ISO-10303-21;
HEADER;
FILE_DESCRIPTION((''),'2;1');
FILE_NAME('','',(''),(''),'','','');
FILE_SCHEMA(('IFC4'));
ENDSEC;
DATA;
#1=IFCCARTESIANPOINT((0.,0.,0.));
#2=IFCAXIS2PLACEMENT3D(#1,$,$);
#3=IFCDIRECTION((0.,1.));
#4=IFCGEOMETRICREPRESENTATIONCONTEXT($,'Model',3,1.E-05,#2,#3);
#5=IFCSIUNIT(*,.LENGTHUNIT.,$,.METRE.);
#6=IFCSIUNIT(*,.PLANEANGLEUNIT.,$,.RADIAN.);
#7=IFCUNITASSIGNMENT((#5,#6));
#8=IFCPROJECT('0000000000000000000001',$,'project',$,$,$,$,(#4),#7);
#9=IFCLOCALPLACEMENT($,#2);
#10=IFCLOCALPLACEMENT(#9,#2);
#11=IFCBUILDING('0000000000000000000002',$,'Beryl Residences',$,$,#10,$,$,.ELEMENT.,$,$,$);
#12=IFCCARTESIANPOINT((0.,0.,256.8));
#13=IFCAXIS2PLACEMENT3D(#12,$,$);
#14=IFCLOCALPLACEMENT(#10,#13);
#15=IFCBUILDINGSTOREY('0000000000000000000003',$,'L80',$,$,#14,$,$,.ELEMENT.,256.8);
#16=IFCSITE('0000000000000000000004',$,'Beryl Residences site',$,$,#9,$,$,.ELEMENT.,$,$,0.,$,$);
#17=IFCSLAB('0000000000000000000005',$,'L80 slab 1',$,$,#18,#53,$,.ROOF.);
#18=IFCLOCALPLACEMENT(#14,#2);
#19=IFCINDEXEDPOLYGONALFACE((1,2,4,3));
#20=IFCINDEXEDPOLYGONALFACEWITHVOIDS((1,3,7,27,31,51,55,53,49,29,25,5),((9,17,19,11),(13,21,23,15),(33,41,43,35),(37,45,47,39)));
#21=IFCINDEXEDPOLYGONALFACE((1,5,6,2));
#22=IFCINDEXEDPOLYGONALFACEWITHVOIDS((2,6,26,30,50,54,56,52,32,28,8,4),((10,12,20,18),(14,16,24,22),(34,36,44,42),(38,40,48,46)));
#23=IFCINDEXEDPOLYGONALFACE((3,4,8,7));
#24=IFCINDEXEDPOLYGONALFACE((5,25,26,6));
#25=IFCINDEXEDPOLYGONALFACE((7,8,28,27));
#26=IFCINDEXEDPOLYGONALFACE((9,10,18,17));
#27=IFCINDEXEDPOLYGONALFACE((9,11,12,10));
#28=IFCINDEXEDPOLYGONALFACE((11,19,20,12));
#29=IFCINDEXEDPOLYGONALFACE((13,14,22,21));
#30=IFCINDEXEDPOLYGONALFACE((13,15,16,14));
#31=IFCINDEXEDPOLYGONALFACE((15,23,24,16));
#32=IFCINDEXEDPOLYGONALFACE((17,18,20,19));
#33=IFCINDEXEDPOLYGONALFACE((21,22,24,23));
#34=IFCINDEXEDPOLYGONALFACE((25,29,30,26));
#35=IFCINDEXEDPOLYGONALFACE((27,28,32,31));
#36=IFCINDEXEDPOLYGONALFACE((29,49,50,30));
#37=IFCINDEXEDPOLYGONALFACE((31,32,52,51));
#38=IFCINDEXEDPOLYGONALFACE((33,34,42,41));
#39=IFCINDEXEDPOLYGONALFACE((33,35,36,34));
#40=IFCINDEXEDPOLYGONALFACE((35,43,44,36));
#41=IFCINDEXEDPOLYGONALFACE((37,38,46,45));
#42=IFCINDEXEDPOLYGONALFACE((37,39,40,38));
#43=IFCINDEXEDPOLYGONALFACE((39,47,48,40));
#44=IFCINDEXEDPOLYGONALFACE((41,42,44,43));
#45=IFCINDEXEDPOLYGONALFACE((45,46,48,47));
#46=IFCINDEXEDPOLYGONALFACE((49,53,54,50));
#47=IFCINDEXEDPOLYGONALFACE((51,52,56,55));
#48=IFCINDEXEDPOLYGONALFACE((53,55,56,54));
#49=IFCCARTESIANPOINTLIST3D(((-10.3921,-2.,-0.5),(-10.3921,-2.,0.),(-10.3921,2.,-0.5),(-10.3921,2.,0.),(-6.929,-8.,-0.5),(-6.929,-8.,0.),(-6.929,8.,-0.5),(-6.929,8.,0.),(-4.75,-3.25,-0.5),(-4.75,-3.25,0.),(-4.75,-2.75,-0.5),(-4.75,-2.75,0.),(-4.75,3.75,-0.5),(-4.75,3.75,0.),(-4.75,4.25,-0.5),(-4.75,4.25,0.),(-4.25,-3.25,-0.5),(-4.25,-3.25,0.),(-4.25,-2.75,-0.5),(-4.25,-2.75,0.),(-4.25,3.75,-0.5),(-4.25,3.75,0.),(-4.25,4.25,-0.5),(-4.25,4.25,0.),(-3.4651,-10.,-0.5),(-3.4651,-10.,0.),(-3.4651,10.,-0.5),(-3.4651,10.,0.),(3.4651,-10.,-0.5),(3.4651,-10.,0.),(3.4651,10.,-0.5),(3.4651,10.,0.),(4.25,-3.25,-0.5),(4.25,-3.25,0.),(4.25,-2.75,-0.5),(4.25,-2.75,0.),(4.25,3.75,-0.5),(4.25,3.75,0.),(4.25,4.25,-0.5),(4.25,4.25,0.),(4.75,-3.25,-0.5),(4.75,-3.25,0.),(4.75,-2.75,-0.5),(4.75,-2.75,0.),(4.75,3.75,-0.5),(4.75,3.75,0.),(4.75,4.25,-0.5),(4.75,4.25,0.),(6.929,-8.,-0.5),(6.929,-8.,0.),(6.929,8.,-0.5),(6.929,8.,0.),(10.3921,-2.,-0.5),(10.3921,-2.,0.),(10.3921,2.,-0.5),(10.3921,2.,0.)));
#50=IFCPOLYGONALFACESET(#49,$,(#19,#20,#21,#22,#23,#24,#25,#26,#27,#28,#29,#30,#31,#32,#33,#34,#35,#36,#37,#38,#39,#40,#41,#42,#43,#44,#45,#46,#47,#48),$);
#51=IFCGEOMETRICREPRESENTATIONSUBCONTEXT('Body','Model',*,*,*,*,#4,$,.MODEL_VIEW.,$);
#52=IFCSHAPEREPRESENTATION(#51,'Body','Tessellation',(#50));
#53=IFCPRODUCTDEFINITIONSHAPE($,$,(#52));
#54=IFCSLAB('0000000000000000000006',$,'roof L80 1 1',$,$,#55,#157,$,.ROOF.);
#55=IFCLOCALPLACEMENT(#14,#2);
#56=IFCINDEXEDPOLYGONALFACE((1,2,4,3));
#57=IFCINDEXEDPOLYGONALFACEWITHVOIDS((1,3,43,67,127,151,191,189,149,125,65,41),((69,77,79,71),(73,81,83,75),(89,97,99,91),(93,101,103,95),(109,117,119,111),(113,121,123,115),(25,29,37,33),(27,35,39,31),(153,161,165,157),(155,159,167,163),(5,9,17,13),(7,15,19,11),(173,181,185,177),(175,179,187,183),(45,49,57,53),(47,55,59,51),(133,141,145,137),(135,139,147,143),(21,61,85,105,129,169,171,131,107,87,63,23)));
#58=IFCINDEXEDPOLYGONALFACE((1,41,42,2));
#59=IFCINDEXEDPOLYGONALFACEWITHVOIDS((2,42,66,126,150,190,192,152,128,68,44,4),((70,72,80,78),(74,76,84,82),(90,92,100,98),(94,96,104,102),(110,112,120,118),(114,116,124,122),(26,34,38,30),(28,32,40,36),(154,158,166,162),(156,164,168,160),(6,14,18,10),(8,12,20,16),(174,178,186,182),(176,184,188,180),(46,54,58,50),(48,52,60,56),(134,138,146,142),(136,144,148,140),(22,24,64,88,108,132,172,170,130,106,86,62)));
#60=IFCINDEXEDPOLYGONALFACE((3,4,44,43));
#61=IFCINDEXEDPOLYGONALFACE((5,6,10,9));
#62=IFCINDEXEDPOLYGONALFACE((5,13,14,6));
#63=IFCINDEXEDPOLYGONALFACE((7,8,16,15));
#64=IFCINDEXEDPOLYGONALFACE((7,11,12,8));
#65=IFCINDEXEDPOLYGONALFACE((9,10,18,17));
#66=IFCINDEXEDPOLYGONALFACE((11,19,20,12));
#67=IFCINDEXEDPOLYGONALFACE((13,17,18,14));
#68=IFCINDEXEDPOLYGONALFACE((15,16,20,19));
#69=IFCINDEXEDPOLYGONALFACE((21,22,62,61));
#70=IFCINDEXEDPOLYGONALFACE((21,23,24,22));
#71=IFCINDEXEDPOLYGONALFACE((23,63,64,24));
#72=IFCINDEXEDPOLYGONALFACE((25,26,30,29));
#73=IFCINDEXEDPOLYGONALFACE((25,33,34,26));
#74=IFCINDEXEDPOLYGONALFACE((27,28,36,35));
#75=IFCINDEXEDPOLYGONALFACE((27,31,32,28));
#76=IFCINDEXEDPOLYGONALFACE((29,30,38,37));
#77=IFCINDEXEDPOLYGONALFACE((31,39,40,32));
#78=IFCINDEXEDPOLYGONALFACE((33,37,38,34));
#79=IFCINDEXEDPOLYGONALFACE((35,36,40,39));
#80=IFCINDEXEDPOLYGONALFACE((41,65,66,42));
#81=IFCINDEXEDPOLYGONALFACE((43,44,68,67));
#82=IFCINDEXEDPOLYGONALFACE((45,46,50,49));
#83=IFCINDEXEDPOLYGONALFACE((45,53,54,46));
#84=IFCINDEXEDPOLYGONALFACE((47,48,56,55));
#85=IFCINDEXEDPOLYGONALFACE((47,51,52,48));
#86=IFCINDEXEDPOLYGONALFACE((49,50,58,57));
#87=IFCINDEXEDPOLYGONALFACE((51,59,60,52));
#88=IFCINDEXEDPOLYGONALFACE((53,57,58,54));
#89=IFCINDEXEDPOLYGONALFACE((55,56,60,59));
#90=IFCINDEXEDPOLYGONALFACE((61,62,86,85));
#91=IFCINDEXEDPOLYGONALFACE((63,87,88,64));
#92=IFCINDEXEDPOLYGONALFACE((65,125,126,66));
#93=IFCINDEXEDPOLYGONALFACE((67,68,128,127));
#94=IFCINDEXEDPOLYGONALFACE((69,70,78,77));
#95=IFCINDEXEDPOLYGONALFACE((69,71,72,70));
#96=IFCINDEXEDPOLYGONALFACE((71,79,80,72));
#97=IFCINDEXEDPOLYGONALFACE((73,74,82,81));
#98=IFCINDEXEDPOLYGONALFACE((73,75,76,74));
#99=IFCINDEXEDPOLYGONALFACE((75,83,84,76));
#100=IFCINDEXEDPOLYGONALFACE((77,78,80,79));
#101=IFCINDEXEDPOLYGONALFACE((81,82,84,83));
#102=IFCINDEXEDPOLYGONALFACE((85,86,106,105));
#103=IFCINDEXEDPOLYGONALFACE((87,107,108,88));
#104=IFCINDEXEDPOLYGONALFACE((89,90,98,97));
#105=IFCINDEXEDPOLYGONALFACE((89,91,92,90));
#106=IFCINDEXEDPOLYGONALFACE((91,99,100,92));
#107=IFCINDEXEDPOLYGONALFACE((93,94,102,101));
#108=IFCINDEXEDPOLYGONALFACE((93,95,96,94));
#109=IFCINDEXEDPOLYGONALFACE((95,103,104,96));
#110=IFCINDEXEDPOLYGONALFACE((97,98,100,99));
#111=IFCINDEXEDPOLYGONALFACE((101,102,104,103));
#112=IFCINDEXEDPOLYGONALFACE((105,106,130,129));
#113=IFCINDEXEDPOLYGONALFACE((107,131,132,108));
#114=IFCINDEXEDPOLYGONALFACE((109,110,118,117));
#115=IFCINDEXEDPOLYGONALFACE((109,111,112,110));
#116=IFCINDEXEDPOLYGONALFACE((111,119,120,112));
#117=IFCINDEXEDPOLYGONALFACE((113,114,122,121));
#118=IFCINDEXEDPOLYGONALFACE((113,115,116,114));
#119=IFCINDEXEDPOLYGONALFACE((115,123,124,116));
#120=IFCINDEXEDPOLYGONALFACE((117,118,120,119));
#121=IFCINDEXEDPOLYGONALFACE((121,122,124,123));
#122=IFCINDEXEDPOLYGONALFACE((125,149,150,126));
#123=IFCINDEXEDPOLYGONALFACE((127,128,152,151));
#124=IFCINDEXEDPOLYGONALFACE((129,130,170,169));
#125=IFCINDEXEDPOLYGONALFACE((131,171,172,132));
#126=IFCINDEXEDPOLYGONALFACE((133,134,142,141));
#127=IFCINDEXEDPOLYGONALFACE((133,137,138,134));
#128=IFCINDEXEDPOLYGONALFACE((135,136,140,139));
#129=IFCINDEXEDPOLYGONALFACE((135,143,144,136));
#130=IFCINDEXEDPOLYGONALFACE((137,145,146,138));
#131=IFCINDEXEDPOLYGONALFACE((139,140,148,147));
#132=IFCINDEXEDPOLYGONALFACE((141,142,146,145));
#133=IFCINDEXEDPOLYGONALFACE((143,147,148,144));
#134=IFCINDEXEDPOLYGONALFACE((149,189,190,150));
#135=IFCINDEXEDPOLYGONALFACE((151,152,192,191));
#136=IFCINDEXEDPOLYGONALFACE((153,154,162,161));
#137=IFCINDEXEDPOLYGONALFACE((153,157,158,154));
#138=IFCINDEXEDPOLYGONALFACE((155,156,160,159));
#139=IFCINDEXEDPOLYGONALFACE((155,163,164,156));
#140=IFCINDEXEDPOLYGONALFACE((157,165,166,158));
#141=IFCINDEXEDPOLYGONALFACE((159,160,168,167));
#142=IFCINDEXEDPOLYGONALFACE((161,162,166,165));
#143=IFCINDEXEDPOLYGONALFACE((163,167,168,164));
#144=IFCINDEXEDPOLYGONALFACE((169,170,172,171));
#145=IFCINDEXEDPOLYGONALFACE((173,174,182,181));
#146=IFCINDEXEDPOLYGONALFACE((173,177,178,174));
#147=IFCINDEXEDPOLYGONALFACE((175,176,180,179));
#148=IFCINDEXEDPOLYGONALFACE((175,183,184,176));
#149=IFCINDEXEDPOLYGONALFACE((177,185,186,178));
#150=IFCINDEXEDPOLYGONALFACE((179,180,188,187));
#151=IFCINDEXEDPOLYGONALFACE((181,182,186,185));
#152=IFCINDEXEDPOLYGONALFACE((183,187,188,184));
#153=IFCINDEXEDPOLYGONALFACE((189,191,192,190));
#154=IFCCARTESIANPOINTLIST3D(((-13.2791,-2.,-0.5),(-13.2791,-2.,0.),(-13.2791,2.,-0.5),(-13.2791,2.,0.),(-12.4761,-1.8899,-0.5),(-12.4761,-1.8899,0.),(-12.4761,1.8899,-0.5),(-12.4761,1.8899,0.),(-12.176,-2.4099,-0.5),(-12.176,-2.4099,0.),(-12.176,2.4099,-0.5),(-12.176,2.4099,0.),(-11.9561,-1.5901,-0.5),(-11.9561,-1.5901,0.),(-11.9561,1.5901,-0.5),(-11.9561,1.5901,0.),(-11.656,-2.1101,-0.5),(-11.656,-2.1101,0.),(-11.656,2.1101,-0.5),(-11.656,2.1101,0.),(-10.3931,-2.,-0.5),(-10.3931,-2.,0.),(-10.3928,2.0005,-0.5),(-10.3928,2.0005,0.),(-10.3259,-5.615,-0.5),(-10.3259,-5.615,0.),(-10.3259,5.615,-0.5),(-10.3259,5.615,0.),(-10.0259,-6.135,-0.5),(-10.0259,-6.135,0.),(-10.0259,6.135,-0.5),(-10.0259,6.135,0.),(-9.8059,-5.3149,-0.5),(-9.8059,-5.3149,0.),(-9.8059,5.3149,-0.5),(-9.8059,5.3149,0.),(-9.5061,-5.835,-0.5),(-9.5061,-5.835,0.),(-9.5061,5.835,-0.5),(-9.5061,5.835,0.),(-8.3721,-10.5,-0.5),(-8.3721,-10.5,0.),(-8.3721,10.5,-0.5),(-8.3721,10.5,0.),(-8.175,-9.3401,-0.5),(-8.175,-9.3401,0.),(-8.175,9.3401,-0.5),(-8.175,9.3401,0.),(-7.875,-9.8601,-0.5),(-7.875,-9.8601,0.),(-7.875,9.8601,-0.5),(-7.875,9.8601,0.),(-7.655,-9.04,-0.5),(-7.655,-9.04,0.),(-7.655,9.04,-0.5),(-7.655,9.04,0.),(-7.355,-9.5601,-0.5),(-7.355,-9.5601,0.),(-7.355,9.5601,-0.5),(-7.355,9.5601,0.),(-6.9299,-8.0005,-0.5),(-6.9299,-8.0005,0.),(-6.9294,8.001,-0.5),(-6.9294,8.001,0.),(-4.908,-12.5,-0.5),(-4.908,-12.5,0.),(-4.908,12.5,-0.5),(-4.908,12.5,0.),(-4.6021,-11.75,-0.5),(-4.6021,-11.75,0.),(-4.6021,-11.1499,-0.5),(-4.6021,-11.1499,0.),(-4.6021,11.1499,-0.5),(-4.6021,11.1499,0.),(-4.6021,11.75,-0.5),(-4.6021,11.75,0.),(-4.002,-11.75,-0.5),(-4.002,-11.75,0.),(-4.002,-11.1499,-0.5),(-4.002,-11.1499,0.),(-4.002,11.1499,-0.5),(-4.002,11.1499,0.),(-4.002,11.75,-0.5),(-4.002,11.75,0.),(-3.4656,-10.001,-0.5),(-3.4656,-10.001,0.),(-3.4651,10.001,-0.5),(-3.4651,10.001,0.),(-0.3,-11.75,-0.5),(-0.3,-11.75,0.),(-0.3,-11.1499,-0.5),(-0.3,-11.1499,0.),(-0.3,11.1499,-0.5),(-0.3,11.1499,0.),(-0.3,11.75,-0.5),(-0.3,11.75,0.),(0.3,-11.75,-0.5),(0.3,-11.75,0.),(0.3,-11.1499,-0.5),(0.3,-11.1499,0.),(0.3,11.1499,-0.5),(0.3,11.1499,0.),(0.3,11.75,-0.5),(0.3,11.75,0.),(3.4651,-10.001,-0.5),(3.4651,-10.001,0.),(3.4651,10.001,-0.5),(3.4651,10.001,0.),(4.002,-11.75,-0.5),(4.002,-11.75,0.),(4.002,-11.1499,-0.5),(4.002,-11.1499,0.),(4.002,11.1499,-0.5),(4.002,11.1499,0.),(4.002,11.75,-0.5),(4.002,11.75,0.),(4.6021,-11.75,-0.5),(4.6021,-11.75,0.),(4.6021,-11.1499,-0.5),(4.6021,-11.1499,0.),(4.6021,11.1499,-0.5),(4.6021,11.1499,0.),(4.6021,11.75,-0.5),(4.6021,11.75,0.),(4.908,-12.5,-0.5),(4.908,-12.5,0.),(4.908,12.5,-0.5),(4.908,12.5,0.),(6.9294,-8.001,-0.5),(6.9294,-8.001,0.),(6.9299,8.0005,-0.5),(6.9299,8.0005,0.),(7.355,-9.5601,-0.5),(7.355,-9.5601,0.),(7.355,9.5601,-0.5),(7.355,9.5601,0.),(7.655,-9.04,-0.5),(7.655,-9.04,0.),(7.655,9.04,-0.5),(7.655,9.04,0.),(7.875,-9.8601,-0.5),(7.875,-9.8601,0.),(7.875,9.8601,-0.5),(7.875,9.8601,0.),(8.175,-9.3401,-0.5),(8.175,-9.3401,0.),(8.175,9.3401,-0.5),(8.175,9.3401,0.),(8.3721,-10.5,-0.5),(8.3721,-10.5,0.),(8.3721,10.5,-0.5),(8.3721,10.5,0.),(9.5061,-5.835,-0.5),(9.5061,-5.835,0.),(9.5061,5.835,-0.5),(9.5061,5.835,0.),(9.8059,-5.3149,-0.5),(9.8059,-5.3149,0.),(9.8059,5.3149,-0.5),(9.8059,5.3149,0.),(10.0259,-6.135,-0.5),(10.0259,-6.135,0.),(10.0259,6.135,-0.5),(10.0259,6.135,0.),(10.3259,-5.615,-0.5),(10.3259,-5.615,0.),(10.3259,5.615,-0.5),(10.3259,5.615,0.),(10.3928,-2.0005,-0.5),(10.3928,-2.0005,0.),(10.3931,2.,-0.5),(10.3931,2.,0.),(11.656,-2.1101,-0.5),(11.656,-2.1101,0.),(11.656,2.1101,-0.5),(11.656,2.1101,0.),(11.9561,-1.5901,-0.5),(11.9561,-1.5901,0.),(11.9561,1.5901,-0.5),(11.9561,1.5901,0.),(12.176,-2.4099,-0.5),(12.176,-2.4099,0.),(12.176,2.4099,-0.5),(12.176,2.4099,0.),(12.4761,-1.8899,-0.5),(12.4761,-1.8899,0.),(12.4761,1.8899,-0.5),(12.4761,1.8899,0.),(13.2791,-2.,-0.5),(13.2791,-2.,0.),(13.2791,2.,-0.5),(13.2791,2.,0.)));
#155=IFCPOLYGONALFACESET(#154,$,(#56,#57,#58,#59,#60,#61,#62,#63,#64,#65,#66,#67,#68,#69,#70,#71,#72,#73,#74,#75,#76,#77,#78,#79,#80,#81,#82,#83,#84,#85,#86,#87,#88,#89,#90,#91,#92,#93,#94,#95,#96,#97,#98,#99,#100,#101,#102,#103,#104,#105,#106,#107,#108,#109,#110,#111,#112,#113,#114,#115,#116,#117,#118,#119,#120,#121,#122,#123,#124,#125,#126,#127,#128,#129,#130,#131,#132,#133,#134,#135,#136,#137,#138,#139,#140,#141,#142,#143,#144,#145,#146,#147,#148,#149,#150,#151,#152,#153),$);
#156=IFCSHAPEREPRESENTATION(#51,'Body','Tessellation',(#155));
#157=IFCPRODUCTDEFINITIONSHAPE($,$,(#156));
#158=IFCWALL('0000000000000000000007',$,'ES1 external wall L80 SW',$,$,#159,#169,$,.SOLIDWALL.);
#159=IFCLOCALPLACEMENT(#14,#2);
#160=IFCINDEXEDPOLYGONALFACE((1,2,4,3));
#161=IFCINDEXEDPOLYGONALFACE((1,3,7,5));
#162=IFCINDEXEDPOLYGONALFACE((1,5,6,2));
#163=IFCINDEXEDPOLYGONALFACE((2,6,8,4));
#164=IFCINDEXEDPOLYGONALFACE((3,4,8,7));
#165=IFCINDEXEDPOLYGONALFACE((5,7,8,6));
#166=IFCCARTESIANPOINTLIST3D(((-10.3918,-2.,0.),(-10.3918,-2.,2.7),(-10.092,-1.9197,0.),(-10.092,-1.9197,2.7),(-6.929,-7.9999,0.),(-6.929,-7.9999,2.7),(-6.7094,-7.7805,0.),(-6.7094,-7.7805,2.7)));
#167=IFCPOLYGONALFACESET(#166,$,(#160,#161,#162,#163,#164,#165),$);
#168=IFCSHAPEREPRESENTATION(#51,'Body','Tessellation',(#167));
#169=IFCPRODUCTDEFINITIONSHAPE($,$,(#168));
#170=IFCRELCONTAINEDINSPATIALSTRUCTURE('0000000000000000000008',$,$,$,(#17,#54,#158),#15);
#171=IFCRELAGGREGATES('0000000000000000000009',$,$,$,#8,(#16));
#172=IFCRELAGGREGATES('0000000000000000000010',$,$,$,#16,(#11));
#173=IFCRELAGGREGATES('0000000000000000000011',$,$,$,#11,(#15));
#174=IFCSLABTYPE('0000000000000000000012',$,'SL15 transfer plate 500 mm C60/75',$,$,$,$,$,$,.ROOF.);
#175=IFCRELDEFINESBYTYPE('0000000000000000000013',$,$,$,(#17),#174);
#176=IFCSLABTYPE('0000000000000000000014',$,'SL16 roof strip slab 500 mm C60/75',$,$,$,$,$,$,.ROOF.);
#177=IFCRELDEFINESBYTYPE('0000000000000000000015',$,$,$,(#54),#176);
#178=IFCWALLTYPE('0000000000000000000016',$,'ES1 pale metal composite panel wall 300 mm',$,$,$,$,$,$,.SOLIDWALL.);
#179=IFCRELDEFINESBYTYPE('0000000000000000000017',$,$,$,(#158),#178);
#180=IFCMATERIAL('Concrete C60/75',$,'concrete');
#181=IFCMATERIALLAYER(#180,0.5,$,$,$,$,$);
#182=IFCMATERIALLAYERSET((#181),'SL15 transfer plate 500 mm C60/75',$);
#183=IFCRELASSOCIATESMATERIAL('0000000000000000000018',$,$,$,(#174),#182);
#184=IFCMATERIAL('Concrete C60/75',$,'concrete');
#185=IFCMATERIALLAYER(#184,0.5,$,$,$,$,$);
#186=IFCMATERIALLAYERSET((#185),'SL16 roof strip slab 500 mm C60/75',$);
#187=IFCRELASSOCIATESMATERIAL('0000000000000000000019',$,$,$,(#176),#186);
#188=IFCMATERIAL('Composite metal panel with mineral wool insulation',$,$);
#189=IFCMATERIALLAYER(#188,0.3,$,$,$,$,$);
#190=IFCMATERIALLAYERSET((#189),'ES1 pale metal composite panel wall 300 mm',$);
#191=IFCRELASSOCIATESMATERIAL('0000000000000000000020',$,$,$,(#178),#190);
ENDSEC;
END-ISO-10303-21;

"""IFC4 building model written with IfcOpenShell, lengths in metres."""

from ifc_helpers import new_model, si_unit, direction, frame, origin, place, context, subcontext, project, spatial, polyline, outline, extrude, material, layer, layer_set, type_object, element, save


model = new_model("IFC4")

# Units and contexts
model_context = context("Model", 3, precision=1e-05, world=origin(), true_north=direction((0.0, 1.0)))
body_context = subcontext(model_context, "Body", "Model", "MODEL_VIEW")
ifc_project = project(units=[si_unit("LENGTHUNIT", "METRE"), si_unit("PLANEANGLEUNIT", "RADIAN")], contexts=[model_context])

# Site, building, storey
site_placement = place(None, origin())
site = spatial("IfcSite", under=ifc_project, at=site_placement, Name="Beryl Residences site", CompositionType="ELEMENT", RefElevation=0.0)
building_placement = place(site_placement, origin())
building = spatial("IfcBuilding", under=site, at=building_placement, Name="Beryl Residences", CompositionType="ELEMENT")
storey_placement = place(building_placement, frame((0.0, 0.0, 256.8)))
storey = spatial("IfcBuildingStorey", under=building, at=storey_placement, Name="L80", CompositionType="ELEMENT", Elevation=256.8)

# Slabs
ifc_material_1 = material(Name="Concrete C60/75", Category="concrete")
ifc_layer_1 = layer(ifc_material_1, 0.5)
ifc_layer_set_1 = layer_set([ifc_layer_1], Name="SL15 transfer plate 500 mm C60/75")
slab_type_1 = type_object("IfcSlabType", Name="SL15 transfer plate 500 mm C60/75", PredefinedType="ROOF", material=ifc_layer_set_1)
slab_1_placement = place(storey_placement, frame((0.0, 0.0, -0.5)))
element("IfcSlab", 1, at=slab_1_placement, inside=storey, type_object=slab_type_1, Name="L80 slab 1", PredefinedType="ROOF", context=body_context, shape_type="SweptSolid", body=[
    extrude(outline(polyline([(10.3921, 2.0), (10.3921, -2.0), (6.929, -8.0), (3.4651, -10.0), (-3.4651, -10.0), (-6.929, -8.0), (-10.3921, -2.0), (-10.3921, 2.0), (-6.929, 8.0), (-3.4651, 10.0), (3.4651, 10.0), (6.929, 8.0), (10.3921, 2.0)]), holes=[polyline([(4.75, -2.75), (4.25, -2.75), (4.25, -3.25), (4.75, -3.25), (4.75, -2.75)]), polyline([(4.75, 4.25), (4.25, 4.25), (4.25, 3.75), (4.75, 3.75), (4.75, 4.25)]), polyline([(-4.25, -2.75), (-4.75, -2.75), (-4.75, -3.25), (-4.25, -3.25), (-4.25, -2.75)]), polyline([(-4.25, 4.25), (-4.75, 4.25), (-4.75, 3.75), (-4.25, 3.75), (-4.25, 4.25)])]), origin(), (0.0, 0.0, 1.0), 0.5),
])
ifc_material_2 = material(Name="Concrete C60/75", Category="concrete")
ifc_layer_2 = layer(ifc_material_2, 0.5)
ifc_layer_set_2 = layer_set([ifc_layer_2], Name="SL16 roof strip slab 500 mm C60/75")
slab_type_2 = type_object("IfcSlabType", Name="SL16 roof strip slab 500 mm C60/75", PredefinedType="ROOF", material=ifc_layer_set_2)
slab_2_placement = place(storey_placement, frame((0.0, 0.0, -0.5)))
element("IfcSlab", 2, at=slab_2_placement, inside=storey, type_object=slab_type_2, Name="roof L80 1 1", PredefinedType="ROOF", context=body_context, shape_type="SweptSolid", body=[
    extrude(outline(polyline([(13.2791, -2.0), (8.3721, -10.5), (4.908, -12.5), (-4.908, -12.5), (-8.3721, -10.5), (-13.2791, -2.0), (-13.2791, 2.0), (-8.3721, 10.5), (-4.908, 12.5), (4.908, 12.5), (8.3721, 10.5), (13.2791, 2.0), (13.2791, -2.0)]), holes=[polyline([(11.9561, 1.5901), (12.4761, 1.8899), (12.176, 2.4099), (11.656, 2.1101), (11.9561, 1.5901)]), polyline([(11.656, -2.1101), (12.176, -2.4099), (12.4761, -1.8899), (11.9561, -1.5901), (11.656, -2.1101)]), polyline([(3.4651, 10.001), (-3.4651, 10.001), (-6.9294, 8.001), (-10.3928, 2.0005), (-10.3931, -2.0), (-6.9299, -8.0005), (-3.4656, -10.001), (3.4651, -10.001), (6.9294, -8.001), (10.3928, -2.0005), (10.3931, 2.0), (6.9299, 8.0005), (3.4651, 10.001)]), polyline([(9.5061, -5.835), (10.0259, -6.135), (10.3259, -5.615), (9.8059, -5.3149), (9.5061, -5.835)]), polyline([(9.8059, 5.3149), (10.3259, 5.615), (10.0259, 6.135), (9.5061, 5.835), (9.8059, 5.3149)]), polyline([(7.655, 9.04), (8.175, 9.3401), (7.875, 9.8601), (7.355, 9.5601), (7.655, 9.04)]), polyline([(7.875, -9.8601), (8.175, -9.3401), (7.655, -9.04), (7.355, -9.5601), (7.875, -9.8601)]), polyline([(4.002, -11.75), (4.6021, -11.75), (4.6021, -11.1499), (4.002, -11.1499), (4.002, -11.75)]), polyline([(4.002, 11.1499), (4.6021, 11.1499), (4.6021, 11.75), (4.002, 11.75), (4.002, 11.1499)]), polyline([(-0.3, -11.75), (0.3, -11.75), (0.3, -11.1499), (-0.3, -11.1499), (-0.3, -11.75)]), polyline([(-0.3, 11.1499), (0.3, 11.1499), (0.3, 11.75), (-0.3, 11.75), (-0.3, 11.1499)]), polyline([(-4.6021, -11.75), (-4.002, -11.75), (-4.002, -11.1499), (-4.6021, -11.1499), (-4.6021, -11.75)]), polyline([(-4.6021, 11.1499), (-4.002, 11.1499), (-4.002, 11.75), (-4.6021, 11.75), (-4.6021, 11.1499)]), polyline([(-8.175, -9.3401), (-7.875, -9.8601), (-7.355, -9.5601), (-7.655, -9.04), (-8.175, -9.3401)]), polyline([(-7.355, 9.5601), (-7.875, 9.8601), (-8.175, 9.3401), (-7.655, 9.04), (-7.355, 9.5601)]), polyline([(-9.5061, 5.835), (-10.0259, 6.135), (-10.3259, 5.615), (-9.8059, 5.3149), (-9.5061, 5.835)]), polyline([(-9.8059, -5.3149), (-10.3259, -5.615), (-10.0259, -6.135), (-9.5061, -5.835), (-9.8059, -5.3149)]), polyline([(-11.9561, -1.5901), (-12.4761, -1.8899), (-12.176, -2.4099), (-11.656, -2.1101), (-11.9561, -1.5901)]), polyline([(-11.656, 2.1101), (-12.176, 2.4099), (-12.4761, 1.8899), (-11.9561, 1.5901), (-11.656, 2.1101)])]), origin(), (0.0, 0.0, 1.0), 0.5),
])

# Wall
ifc_material_3 = material(Name="Composite metal panel with mineral wool insulation")
ifc_layer_3 = layer(ifc_material_3, 0.3)
ifc_layer_set_3 = layer_set([ifc_layer_3], Name="ES1 pale metal composite panel wall 300 mm")
wall_type_1 = type_object("IfcWallType", Name="ES1 pale metal composite panel wall 300 mm", PredefinedType="SOLIDWALL", material=ifc_layer_set_3)
wall_1_placement = place(storey_placement, frame((-10.262, -1.925, 0.0), z_axis=(0.0, 0.0, 1.0), x_axis=(0.499869, -0.866101, 0.0)))
element("IfcWall", 3, at=wall_1_placement, inside=storey, type_object=wall_type_1, Name="ES1 external wall L80 SW", PredefinedType="SOLIDWALL", context=body_context, shape_type="SweptSolid", body=[
    extrude(outline(polyline([(0.0, -0.1499), (6.9275, -0.1499), (6.8472, 0.1499), (0.0803, 0.1499), (0.0, -0.1499)])), origin(), (0.0, 0.0, 1.0), 2.7),
])

save(model, "model.ifc")
